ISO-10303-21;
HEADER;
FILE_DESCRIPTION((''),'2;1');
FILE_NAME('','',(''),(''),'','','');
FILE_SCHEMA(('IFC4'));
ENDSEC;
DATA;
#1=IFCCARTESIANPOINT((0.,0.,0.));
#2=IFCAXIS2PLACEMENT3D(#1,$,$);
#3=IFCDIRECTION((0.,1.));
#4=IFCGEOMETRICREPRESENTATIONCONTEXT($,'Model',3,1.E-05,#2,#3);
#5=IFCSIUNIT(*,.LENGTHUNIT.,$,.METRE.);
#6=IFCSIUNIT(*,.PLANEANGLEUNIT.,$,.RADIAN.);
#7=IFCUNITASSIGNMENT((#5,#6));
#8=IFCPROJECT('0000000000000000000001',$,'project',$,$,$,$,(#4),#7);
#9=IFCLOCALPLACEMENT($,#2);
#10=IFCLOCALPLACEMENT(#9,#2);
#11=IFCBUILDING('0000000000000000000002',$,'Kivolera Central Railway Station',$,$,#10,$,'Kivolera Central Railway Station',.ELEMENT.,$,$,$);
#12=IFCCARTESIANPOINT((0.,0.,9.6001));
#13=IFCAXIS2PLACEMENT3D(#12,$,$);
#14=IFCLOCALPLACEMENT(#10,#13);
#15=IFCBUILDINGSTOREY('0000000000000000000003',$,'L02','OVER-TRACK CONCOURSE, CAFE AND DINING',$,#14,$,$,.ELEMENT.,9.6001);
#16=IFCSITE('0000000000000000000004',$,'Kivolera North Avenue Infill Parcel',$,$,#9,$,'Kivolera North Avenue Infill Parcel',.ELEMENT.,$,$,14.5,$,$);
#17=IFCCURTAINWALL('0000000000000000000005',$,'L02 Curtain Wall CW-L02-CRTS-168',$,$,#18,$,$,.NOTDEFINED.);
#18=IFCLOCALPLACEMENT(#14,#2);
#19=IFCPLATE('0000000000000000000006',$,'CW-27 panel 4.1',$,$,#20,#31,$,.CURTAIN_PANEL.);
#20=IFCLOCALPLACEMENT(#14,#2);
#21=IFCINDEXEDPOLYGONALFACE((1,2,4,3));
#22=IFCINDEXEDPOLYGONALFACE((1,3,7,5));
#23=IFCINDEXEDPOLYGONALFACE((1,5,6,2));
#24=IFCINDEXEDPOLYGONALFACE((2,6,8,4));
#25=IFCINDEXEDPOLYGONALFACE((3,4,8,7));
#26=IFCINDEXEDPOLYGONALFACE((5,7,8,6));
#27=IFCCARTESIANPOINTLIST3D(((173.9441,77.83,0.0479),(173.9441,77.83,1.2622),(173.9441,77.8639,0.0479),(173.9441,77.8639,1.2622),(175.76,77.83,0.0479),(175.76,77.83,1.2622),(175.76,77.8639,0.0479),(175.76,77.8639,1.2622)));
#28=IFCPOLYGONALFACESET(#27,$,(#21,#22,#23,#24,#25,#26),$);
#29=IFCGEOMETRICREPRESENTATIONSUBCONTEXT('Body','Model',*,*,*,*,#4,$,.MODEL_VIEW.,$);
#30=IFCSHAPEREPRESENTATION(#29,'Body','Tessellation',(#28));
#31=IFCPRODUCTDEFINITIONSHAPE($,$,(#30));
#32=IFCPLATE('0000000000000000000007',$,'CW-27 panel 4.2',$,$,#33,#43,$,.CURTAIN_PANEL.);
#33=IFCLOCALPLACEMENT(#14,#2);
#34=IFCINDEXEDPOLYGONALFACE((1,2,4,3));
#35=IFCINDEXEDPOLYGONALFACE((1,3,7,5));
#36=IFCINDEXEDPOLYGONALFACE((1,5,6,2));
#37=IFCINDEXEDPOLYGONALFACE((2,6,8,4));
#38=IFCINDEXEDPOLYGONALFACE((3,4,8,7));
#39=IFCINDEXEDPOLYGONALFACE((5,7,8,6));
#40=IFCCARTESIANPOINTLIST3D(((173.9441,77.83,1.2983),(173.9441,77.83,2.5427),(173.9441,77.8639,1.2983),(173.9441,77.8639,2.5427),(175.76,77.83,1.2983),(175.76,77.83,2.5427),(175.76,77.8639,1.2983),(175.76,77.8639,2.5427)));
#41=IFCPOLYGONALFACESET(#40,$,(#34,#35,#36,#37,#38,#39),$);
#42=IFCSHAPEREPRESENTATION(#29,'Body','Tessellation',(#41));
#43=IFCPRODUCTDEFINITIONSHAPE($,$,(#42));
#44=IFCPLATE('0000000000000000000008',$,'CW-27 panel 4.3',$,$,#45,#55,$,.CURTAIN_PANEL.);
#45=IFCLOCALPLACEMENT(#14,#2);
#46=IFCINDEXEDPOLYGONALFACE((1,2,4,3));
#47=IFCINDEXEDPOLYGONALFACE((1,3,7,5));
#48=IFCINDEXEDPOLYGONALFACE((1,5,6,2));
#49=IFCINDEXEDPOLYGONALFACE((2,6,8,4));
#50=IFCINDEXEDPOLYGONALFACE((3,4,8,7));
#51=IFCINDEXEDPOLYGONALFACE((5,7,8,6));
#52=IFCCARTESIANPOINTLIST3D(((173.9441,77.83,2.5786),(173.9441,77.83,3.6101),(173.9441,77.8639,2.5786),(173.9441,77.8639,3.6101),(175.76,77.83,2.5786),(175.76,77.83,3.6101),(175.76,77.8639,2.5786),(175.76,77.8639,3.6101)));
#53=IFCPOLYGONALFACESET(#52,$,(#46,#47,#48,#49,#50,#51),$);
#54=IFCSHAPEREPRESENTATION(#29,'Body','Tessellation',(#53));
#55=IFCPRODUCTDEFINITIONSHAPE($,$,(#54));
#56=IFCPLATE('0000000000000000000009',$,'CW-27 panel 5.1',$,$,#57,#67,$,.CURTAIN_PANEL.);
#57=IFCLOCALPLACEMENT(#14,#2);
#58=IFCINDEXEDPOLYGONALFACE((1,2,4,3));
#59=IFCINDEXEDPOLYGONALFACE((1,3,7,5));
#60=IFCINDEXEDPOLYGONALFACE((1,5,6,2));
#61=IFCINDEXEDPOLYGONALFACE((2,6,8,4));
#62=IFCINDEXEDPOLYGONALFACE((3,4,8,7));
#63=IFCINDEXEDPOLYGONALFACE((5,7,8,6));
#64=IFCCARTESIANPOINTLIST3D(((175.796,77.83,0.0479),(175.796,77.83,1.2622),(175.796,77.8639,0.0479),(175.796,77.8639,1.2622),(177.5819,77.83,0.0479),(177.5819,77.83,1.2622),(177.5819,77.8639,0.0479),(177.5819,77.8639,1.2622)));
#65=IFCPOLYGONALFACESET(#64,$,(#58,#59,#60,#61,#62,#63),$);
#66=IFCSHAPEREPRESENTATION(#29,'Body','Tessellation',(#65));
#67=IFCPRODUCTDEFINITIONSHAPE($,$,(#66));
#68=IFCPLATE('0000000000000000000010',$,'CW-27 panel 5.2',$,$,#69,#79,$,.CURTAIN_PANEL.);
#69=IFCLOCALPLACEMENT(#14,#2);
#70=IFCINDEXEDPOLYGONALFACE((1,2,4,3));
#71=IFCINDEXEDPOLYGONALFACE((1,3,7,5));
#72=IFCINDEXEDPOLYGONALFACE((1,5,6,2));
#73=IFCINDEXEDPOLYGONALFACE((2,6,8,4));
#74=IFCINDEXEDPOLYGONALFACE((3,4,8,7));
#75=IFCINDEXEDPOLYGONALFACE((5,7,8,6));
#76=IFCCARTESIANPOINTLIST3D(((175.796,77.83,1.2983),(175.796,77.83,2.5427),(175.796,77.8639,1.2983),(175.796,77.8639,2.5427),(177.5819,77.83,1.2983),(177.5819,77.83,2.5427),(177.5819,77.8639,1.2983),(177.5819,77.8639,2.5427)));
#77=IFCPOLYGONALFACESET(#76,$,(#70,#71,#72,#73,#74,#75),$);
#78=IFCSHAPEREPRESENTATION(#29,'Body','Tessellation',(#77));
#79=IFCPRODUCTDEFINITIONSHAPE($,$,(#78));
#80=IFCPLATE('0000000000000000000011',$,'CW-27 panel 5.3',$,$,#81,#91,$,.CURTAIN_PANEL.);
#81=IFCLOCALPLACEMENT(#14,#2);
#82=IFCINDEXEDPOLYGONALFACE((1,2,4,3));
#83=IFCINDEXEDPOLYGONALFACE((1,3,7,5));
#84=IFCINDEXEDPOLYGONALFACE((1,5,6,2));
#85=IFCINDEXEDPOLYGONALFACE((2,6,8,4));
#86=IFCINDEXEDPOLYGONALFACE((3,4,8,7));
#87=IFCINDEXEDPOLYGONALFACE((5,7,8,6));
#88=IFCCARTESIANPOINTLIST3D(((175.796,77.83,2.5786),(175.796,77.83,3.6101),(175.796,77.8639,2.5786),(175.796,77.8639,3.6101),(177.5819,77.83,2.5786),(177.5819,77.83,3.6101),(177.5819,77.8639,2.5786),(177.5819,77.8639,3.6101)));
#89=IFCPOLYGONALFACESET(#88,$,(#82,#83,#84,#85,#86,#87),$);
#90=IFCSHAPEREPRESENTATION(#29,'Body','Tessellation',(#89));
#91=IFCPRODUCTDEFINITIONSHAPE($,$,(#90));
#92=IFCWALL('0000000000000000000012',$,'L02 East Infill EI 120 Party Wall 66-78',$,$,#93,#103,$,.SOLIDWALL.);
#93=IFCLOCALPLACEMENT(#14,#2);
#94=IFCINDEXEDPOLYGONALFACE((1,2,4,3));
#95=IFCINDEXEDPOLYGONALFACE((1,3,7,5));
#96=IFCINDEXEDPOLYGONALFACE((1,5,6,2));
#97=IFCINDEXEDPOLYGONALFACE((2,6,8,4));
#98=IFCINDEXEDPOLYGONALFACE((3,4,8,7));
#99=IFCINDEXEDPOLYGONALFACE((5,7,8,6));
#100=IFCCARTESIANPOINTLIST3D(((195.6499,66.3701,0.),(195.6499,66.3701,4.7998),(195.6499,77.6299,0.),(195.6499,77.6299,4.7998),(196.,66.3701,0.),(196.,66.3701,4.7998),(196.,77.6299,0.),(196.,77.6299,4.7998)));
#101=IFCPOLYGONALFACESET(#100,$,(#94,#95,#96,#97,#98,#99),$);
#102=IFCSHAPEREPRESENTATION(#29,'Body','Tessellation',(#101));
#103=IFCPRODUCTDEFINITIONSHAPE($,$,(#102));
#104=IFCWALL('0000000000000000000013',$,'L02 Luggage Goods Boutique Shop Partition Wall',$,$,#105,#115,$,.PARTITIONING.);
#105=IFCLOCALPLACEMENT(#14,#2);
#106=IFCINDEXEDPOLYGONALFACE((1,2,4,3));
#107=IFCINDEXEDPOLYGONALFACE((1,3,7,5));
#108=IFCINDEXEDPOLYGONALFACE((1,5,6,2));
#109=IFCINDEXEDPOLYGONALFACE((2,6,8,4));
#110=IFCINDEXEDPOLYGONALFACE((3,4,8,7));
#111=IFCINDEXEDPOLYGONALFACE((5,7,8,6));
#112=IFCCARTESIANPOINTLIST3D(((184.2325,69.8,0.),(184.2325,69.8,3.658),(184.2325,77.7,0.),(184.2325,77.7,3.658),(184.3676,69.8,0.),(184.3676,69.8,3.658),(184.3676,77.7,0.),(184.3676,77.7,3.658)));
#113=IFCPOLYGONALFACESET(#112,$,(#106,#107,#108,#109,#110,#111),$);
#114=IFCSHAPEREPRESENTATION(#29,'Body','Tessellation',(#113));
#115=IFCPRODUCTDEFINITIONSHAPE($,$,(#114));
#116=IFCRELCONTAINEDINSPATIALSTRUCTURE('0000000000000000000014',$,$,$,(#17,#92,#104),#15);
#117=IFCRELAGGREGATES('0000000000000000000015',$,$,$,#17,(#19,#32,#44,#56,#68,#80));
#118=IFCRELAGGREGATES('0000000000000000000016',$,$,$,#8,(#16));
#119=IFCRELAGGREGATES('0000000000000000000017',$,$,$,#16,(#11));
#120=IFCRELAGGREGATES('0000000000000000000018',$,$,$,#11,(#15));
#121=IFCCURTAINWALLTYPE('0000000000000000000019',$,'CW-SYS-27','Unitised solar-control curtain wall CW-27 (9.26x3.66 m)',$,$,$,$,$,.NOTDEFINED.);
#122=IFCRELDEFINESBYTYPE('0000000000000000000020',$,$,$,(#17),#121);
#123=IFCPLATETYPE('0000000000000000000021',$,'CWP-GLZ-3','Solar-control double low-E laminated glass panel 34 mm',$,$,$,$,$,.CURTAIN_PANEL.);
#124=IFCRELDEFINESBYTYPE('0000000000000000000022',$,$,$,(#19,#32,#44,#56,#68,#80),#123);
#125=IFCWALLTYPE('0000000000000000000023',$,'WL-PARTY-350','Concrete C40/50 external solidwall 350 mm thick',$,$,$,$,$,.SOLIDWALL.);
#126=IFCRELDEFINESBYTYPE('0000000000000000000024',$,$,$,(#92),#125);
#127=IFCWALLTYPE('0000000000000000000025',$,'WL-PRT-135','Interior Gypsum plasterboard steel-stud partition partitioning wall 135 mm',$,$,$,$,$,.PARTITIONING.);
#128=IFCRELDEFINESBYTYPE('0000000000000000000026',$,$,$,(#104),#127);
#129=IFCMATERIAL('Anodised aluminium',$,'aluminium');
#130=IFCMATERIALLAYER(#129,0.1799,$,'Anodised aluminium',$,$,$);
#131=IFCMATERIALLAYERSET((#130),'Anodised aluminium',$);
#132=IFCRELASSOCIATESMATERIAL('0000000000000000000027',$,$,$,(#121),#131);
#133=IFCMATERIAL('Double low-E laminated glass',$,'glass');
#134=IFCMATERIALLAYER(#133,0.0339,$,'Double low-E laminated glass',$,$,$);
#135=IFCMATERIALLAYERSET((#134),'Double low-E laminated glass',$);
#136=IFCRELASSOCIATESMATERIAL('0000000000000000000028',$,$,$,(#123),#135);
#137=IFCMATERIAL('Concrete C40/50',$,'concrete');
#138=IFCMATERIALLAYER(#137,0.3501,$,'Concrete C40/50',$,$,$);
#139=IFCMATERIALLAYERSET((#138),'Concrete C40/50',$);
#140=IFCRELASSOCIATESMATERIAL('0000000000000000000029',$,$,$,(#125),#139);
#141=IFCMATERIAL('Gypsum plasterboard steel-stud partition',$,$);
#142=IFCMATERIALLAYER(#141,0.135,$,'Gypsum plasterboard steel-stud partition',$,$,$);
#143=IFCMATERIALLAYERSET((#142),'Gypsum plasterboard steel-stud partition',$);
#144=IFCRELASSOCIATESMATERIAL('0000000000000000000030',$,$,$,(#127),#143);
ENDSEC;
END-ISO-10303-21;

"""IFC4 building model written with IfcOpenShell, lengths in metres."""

from ifc_helpers import new_model, si_unit, direction, frame, frame_2d, origin, origin_2d, place, context, subcontext, project, spatial, rectangle, extrude, material, layer, layer_set, type_object, element, aggregate, save


model = new_model("IFC4")

# Units and contexts
model_context = context("Model", 3, precision=1e-05, world=origin(), true_north=direction((0.0, 1.0)))
body_context = subcontext(model_context, "Body", "Model", "MODEL_VIEW")
ifc_project = project(units=[si_unit("LENGTHUNIT", "METRE"), si_unit("PLANEANGLEUNIT", "RADIAN")], contexts=[model_context])

# Site, building, storey
site_placement = place(None, origin())
site = spatial("IfcSite", under=ifc_project, at=site_placement, Name="Kivolera North Avenue Infill Parcel", LongName="Kivolera North Avenue Infill Parcel", CompositionType="ELEMENT", RefElevation=14.5)
building_placement = place(site_placement, origin())
building = spatial("IfcBuilding", under=site, at=building_placement, Name="Kivolera Central Railway Station", LongName="Kivolera Central Railway Station", CompositionType="ELEMENT")
storey_placement = place(building_placement, frame((0.0, 0.0, 9.6001)))
storey = spatial("IfcBuildingStorey", under=building, at=storey_placement, Name="L02", Description="OVER-TRACK CONCOURSE, CAFE AND DINING", CompositionType="ELEMENT", Elevation=9.6001)

# Shared definitions
ifc_material_1 = material(Name="Concrete C40/50", Category="concrete")

# Curtain wall, plates
ifc_material_2 = material(Name="Anodised aluminium", Category="aluminium")
ifc_layer_1 = layer(ifc_material_2, 0.1799, Name="Anodised aluminium")
ifc_layer_set_1 = layer_set([ifc_layer_1], Name="Anodised aluminium")
curtain_wall_type = type_object("IfcCurtainWallType", Name="CW-SYS-27", Description="Unitised solar-control curtain wall CW-27 (9.26x3.66 m)", PredefinedType="NOTDEFINED", material=ifc_layer_set_1)
curtain_wall_placement = place(storey_placement, origin())
curtain_wall = element("IfcCurtainWall", 1, at=curtain_wall_placement, inside=storey, type_object=curtain_wall_type, Name="L02 Curtain Wall CW-L02-CRTS-168", PredefinedType="NOTDEFINED")
ifc_material_3 = material(Name="Double low-E laminated glass", Category="glass")
ifc_layer_2 = layer(ifc_material_3, 0.0339, Name="Double low-E laminated glass")
ifc_layer_set_2 = layer_set([ifc_layer_2], Name="Double low-E laminated glass")
plate_type = type_object("IfcPlateType", Name="CWP-GLZ-3", Description="Solar-control double low-E laminated glass panel 34 mm", PredefinedType="CURTAIN_PANEL", material=ifc_layer_set_2)
plate_1_placement = place(storey_placement, frame((174.8521, 77.8469, 0.0479), z_axis=(0.0, 0.0, 1.0), x_axis=(1.0, 0.0, 0.0)))
plate_1 = element("IfcPlate", 2, at=plate_1_placement, type_object=plate_type, Name="CW-27 panel 4.1", PredefinedType="CURTAIN_PANEL", context=body_context, shape_type="SweptSolid", body=[
    extrude(rectangle(XDim=1.8159, YDim=0.0339, at=origin_2d()), origin(), (0.0, 0.0, 1.0), 1.2144),
])
plate_2_placement = place(storey_placement, frame((174.8521, 77.8469, 1.2983), z_axis=(0.0, 0.0, 1.0), x_axis=(1.0, 0.0, 0.0)))
plate_2 = element("IfcPlate", 3, at=plate_2_placement, type_object=plate_type, Name="CW-27 panel 4.2", PredefinedType="CURTAIN_PANEL", context=body_context, shape_type="SweptSolid", body=[
    extrude(rectangle(XDim=1.8159, YDim=0.0339, at=origin_2d()), origin(), (0.0, 0.0, 1.0), 1.2444),
])
plate_3_placement = place(storey_placement, frame((174.8521, 77.8469, 2.5786), z_axis=(0.0, 0.0, 1.0), x_axis=(1.0, 0.0, 0.0)))
plate_3 = element("IfcPlate", 4, at=plate_3_placement, type_object=plate_type, Name="CW-27 panel 4.3", PredefinedType="CURTAIN_PANEL", context=body_context, shape_type="SweptSolid", body=[
    extrude(rectangle(XDim=1.8159, YDim=0.0339, at=origin_2d()), origin(), (0.0, 0.0, 1.0), 1.0315),
])
plate_4_placement = place(storey_placement, frame((176.689, 77.8469, 0.0479), z_axis=(0.0, 0.0, 1.0), x_axis=(1.0, 0.0, 0.0)))
plate_4 = element("IfcPlate", 5, at=plate_4_placement, type_object=plate_type, Name="CW-27 panel 5.1", PredefinedType="CURTAIN_PANEL", context=body_context, shape_type="SweptSolid", body=[
    extrude(rectangle(XDim=1.7859, YDim=0.0339, at=origin_2d()), origin(), (0.0, 0.0, 1.0), 1.2144),
])
plate_5_placement = place(storey_placement, frame((176.689, 77.8469, 1.2983), z_axis=(0.0, 0.0, 1.0), x_axis=(1.0, 0.0, 0.0)))
plate_5 = element("IfcPlate", 6, at=plate_5_placement, type_object=plate_type, Name="CW-27 panel 5.2", PredefinedType="CURTAIN_PANEL", context=body_context, shape_type="SweptSolid", body=[
    extrude(rectangle(XDim=1.7859, YDim=0.0339, at=origin_2d()), origin(), (0.0, 0.0, 1.0), 1.2444),
])
plate_6_placement = place(storey_placement, frame((176.689, 77.8469, 2.5786), z_axis=(0.0, 0.0, 1.0), x_axis=(1.0, 0.0, 0.0)))
plate_6 = element("IfcPlate", 7, at=plate_6_placement, type_object=plate_type, Name="CW-27 panel 5.3", PredefinedType="CURTAIN_PANEL", context=body_context, shape_type="SweptSolid", body=[
    extrude(rectangle(XDim=1.7859, YDim=0.0339, at=origin_2d()), origin(), (0.0, 0.0, 1.0), 1.0315),
])
aggregate(curtain_wall, [plate_1, plate_2, plate_3, plate_4, plate_5, plate_6])

# Walls
ifc_layer_3 = layer(ifc_material_1, 0.3501, Name="Concrete C40/50")
ifc_layer_set_3 = layer_set([ifc_layer_3], Name="Concrete C40/50")
wall_type_1 = type_object("IfcWallType", Name="WL-PARTY-350", Description="Concrete C40/50 external solidwall 350 mm thick", PredefinedType="SOLIDWALL", material=ifc_layer_set_3)
wall_1_placement = place(storey_placement, frame((195.825, 77.6299, 0.0), z_axis=(0.0, 0.0, 1.0), x_axis=(0.0, -1.0, 0.0)))
element("IfcWall", 8, at=wall_1_placement, inside=storey, type_object=wall_type_1, Name="L02 East Infill EI 120 Party Wall 66-78", PredefinedType="SOLIDWALL", context=body_context, shape_type="SweptSolid", body=[
    extrude(rectangle(XDim=11.2598, YDim=0.3501, at=frame_2d((5.6299, 0.0))), origin(), (0.0, 0.0, 1.0), 4.7998),
])
ifc_material_4 = material(Name="Gypsum plasterboard steel-stud partition")
ifc_layer_4 = layer(ifc_material_4, 0.135, Name="Gypsum plasterboard steel-stud partition")
ifc_layer_set_4 = layer_set([ifc_layer_4], Name="Gypsum plasterboard steel-stud partition")
wall_type_2 = type_object("IfcWallType", Name="WL-PRT-135", Description="Interior Gypsum plasterboard steel-stud partition partitioning wall 135 mm", PredefinedType="PARTITIONING", material=ifc_layer_set_4)
wall_2_placement = place(storey_placement, frame((184.3, 69.8, 0.0), z_axis=(0.0, 0.0, 1.0), x_axis=(0.0, 1.0, 0.0)))
element("IfcWall", 9, at=wall_2_placement, inside=storey, type_object=wall_type_2, Name="L02 Luggage Goods Boutique Shop Partition Wall", PredefinedType="PARTITIONING", context=body_context, shape_type="SweptSolid", body=[
    extrude(rectangle(XDim=7.8999, YDim=0.135, at=frame_2d((3.95, 0.0))), origin(), (0.0, 0.0, 1.0), 3.658),
])

save(model, "model.ifc")
